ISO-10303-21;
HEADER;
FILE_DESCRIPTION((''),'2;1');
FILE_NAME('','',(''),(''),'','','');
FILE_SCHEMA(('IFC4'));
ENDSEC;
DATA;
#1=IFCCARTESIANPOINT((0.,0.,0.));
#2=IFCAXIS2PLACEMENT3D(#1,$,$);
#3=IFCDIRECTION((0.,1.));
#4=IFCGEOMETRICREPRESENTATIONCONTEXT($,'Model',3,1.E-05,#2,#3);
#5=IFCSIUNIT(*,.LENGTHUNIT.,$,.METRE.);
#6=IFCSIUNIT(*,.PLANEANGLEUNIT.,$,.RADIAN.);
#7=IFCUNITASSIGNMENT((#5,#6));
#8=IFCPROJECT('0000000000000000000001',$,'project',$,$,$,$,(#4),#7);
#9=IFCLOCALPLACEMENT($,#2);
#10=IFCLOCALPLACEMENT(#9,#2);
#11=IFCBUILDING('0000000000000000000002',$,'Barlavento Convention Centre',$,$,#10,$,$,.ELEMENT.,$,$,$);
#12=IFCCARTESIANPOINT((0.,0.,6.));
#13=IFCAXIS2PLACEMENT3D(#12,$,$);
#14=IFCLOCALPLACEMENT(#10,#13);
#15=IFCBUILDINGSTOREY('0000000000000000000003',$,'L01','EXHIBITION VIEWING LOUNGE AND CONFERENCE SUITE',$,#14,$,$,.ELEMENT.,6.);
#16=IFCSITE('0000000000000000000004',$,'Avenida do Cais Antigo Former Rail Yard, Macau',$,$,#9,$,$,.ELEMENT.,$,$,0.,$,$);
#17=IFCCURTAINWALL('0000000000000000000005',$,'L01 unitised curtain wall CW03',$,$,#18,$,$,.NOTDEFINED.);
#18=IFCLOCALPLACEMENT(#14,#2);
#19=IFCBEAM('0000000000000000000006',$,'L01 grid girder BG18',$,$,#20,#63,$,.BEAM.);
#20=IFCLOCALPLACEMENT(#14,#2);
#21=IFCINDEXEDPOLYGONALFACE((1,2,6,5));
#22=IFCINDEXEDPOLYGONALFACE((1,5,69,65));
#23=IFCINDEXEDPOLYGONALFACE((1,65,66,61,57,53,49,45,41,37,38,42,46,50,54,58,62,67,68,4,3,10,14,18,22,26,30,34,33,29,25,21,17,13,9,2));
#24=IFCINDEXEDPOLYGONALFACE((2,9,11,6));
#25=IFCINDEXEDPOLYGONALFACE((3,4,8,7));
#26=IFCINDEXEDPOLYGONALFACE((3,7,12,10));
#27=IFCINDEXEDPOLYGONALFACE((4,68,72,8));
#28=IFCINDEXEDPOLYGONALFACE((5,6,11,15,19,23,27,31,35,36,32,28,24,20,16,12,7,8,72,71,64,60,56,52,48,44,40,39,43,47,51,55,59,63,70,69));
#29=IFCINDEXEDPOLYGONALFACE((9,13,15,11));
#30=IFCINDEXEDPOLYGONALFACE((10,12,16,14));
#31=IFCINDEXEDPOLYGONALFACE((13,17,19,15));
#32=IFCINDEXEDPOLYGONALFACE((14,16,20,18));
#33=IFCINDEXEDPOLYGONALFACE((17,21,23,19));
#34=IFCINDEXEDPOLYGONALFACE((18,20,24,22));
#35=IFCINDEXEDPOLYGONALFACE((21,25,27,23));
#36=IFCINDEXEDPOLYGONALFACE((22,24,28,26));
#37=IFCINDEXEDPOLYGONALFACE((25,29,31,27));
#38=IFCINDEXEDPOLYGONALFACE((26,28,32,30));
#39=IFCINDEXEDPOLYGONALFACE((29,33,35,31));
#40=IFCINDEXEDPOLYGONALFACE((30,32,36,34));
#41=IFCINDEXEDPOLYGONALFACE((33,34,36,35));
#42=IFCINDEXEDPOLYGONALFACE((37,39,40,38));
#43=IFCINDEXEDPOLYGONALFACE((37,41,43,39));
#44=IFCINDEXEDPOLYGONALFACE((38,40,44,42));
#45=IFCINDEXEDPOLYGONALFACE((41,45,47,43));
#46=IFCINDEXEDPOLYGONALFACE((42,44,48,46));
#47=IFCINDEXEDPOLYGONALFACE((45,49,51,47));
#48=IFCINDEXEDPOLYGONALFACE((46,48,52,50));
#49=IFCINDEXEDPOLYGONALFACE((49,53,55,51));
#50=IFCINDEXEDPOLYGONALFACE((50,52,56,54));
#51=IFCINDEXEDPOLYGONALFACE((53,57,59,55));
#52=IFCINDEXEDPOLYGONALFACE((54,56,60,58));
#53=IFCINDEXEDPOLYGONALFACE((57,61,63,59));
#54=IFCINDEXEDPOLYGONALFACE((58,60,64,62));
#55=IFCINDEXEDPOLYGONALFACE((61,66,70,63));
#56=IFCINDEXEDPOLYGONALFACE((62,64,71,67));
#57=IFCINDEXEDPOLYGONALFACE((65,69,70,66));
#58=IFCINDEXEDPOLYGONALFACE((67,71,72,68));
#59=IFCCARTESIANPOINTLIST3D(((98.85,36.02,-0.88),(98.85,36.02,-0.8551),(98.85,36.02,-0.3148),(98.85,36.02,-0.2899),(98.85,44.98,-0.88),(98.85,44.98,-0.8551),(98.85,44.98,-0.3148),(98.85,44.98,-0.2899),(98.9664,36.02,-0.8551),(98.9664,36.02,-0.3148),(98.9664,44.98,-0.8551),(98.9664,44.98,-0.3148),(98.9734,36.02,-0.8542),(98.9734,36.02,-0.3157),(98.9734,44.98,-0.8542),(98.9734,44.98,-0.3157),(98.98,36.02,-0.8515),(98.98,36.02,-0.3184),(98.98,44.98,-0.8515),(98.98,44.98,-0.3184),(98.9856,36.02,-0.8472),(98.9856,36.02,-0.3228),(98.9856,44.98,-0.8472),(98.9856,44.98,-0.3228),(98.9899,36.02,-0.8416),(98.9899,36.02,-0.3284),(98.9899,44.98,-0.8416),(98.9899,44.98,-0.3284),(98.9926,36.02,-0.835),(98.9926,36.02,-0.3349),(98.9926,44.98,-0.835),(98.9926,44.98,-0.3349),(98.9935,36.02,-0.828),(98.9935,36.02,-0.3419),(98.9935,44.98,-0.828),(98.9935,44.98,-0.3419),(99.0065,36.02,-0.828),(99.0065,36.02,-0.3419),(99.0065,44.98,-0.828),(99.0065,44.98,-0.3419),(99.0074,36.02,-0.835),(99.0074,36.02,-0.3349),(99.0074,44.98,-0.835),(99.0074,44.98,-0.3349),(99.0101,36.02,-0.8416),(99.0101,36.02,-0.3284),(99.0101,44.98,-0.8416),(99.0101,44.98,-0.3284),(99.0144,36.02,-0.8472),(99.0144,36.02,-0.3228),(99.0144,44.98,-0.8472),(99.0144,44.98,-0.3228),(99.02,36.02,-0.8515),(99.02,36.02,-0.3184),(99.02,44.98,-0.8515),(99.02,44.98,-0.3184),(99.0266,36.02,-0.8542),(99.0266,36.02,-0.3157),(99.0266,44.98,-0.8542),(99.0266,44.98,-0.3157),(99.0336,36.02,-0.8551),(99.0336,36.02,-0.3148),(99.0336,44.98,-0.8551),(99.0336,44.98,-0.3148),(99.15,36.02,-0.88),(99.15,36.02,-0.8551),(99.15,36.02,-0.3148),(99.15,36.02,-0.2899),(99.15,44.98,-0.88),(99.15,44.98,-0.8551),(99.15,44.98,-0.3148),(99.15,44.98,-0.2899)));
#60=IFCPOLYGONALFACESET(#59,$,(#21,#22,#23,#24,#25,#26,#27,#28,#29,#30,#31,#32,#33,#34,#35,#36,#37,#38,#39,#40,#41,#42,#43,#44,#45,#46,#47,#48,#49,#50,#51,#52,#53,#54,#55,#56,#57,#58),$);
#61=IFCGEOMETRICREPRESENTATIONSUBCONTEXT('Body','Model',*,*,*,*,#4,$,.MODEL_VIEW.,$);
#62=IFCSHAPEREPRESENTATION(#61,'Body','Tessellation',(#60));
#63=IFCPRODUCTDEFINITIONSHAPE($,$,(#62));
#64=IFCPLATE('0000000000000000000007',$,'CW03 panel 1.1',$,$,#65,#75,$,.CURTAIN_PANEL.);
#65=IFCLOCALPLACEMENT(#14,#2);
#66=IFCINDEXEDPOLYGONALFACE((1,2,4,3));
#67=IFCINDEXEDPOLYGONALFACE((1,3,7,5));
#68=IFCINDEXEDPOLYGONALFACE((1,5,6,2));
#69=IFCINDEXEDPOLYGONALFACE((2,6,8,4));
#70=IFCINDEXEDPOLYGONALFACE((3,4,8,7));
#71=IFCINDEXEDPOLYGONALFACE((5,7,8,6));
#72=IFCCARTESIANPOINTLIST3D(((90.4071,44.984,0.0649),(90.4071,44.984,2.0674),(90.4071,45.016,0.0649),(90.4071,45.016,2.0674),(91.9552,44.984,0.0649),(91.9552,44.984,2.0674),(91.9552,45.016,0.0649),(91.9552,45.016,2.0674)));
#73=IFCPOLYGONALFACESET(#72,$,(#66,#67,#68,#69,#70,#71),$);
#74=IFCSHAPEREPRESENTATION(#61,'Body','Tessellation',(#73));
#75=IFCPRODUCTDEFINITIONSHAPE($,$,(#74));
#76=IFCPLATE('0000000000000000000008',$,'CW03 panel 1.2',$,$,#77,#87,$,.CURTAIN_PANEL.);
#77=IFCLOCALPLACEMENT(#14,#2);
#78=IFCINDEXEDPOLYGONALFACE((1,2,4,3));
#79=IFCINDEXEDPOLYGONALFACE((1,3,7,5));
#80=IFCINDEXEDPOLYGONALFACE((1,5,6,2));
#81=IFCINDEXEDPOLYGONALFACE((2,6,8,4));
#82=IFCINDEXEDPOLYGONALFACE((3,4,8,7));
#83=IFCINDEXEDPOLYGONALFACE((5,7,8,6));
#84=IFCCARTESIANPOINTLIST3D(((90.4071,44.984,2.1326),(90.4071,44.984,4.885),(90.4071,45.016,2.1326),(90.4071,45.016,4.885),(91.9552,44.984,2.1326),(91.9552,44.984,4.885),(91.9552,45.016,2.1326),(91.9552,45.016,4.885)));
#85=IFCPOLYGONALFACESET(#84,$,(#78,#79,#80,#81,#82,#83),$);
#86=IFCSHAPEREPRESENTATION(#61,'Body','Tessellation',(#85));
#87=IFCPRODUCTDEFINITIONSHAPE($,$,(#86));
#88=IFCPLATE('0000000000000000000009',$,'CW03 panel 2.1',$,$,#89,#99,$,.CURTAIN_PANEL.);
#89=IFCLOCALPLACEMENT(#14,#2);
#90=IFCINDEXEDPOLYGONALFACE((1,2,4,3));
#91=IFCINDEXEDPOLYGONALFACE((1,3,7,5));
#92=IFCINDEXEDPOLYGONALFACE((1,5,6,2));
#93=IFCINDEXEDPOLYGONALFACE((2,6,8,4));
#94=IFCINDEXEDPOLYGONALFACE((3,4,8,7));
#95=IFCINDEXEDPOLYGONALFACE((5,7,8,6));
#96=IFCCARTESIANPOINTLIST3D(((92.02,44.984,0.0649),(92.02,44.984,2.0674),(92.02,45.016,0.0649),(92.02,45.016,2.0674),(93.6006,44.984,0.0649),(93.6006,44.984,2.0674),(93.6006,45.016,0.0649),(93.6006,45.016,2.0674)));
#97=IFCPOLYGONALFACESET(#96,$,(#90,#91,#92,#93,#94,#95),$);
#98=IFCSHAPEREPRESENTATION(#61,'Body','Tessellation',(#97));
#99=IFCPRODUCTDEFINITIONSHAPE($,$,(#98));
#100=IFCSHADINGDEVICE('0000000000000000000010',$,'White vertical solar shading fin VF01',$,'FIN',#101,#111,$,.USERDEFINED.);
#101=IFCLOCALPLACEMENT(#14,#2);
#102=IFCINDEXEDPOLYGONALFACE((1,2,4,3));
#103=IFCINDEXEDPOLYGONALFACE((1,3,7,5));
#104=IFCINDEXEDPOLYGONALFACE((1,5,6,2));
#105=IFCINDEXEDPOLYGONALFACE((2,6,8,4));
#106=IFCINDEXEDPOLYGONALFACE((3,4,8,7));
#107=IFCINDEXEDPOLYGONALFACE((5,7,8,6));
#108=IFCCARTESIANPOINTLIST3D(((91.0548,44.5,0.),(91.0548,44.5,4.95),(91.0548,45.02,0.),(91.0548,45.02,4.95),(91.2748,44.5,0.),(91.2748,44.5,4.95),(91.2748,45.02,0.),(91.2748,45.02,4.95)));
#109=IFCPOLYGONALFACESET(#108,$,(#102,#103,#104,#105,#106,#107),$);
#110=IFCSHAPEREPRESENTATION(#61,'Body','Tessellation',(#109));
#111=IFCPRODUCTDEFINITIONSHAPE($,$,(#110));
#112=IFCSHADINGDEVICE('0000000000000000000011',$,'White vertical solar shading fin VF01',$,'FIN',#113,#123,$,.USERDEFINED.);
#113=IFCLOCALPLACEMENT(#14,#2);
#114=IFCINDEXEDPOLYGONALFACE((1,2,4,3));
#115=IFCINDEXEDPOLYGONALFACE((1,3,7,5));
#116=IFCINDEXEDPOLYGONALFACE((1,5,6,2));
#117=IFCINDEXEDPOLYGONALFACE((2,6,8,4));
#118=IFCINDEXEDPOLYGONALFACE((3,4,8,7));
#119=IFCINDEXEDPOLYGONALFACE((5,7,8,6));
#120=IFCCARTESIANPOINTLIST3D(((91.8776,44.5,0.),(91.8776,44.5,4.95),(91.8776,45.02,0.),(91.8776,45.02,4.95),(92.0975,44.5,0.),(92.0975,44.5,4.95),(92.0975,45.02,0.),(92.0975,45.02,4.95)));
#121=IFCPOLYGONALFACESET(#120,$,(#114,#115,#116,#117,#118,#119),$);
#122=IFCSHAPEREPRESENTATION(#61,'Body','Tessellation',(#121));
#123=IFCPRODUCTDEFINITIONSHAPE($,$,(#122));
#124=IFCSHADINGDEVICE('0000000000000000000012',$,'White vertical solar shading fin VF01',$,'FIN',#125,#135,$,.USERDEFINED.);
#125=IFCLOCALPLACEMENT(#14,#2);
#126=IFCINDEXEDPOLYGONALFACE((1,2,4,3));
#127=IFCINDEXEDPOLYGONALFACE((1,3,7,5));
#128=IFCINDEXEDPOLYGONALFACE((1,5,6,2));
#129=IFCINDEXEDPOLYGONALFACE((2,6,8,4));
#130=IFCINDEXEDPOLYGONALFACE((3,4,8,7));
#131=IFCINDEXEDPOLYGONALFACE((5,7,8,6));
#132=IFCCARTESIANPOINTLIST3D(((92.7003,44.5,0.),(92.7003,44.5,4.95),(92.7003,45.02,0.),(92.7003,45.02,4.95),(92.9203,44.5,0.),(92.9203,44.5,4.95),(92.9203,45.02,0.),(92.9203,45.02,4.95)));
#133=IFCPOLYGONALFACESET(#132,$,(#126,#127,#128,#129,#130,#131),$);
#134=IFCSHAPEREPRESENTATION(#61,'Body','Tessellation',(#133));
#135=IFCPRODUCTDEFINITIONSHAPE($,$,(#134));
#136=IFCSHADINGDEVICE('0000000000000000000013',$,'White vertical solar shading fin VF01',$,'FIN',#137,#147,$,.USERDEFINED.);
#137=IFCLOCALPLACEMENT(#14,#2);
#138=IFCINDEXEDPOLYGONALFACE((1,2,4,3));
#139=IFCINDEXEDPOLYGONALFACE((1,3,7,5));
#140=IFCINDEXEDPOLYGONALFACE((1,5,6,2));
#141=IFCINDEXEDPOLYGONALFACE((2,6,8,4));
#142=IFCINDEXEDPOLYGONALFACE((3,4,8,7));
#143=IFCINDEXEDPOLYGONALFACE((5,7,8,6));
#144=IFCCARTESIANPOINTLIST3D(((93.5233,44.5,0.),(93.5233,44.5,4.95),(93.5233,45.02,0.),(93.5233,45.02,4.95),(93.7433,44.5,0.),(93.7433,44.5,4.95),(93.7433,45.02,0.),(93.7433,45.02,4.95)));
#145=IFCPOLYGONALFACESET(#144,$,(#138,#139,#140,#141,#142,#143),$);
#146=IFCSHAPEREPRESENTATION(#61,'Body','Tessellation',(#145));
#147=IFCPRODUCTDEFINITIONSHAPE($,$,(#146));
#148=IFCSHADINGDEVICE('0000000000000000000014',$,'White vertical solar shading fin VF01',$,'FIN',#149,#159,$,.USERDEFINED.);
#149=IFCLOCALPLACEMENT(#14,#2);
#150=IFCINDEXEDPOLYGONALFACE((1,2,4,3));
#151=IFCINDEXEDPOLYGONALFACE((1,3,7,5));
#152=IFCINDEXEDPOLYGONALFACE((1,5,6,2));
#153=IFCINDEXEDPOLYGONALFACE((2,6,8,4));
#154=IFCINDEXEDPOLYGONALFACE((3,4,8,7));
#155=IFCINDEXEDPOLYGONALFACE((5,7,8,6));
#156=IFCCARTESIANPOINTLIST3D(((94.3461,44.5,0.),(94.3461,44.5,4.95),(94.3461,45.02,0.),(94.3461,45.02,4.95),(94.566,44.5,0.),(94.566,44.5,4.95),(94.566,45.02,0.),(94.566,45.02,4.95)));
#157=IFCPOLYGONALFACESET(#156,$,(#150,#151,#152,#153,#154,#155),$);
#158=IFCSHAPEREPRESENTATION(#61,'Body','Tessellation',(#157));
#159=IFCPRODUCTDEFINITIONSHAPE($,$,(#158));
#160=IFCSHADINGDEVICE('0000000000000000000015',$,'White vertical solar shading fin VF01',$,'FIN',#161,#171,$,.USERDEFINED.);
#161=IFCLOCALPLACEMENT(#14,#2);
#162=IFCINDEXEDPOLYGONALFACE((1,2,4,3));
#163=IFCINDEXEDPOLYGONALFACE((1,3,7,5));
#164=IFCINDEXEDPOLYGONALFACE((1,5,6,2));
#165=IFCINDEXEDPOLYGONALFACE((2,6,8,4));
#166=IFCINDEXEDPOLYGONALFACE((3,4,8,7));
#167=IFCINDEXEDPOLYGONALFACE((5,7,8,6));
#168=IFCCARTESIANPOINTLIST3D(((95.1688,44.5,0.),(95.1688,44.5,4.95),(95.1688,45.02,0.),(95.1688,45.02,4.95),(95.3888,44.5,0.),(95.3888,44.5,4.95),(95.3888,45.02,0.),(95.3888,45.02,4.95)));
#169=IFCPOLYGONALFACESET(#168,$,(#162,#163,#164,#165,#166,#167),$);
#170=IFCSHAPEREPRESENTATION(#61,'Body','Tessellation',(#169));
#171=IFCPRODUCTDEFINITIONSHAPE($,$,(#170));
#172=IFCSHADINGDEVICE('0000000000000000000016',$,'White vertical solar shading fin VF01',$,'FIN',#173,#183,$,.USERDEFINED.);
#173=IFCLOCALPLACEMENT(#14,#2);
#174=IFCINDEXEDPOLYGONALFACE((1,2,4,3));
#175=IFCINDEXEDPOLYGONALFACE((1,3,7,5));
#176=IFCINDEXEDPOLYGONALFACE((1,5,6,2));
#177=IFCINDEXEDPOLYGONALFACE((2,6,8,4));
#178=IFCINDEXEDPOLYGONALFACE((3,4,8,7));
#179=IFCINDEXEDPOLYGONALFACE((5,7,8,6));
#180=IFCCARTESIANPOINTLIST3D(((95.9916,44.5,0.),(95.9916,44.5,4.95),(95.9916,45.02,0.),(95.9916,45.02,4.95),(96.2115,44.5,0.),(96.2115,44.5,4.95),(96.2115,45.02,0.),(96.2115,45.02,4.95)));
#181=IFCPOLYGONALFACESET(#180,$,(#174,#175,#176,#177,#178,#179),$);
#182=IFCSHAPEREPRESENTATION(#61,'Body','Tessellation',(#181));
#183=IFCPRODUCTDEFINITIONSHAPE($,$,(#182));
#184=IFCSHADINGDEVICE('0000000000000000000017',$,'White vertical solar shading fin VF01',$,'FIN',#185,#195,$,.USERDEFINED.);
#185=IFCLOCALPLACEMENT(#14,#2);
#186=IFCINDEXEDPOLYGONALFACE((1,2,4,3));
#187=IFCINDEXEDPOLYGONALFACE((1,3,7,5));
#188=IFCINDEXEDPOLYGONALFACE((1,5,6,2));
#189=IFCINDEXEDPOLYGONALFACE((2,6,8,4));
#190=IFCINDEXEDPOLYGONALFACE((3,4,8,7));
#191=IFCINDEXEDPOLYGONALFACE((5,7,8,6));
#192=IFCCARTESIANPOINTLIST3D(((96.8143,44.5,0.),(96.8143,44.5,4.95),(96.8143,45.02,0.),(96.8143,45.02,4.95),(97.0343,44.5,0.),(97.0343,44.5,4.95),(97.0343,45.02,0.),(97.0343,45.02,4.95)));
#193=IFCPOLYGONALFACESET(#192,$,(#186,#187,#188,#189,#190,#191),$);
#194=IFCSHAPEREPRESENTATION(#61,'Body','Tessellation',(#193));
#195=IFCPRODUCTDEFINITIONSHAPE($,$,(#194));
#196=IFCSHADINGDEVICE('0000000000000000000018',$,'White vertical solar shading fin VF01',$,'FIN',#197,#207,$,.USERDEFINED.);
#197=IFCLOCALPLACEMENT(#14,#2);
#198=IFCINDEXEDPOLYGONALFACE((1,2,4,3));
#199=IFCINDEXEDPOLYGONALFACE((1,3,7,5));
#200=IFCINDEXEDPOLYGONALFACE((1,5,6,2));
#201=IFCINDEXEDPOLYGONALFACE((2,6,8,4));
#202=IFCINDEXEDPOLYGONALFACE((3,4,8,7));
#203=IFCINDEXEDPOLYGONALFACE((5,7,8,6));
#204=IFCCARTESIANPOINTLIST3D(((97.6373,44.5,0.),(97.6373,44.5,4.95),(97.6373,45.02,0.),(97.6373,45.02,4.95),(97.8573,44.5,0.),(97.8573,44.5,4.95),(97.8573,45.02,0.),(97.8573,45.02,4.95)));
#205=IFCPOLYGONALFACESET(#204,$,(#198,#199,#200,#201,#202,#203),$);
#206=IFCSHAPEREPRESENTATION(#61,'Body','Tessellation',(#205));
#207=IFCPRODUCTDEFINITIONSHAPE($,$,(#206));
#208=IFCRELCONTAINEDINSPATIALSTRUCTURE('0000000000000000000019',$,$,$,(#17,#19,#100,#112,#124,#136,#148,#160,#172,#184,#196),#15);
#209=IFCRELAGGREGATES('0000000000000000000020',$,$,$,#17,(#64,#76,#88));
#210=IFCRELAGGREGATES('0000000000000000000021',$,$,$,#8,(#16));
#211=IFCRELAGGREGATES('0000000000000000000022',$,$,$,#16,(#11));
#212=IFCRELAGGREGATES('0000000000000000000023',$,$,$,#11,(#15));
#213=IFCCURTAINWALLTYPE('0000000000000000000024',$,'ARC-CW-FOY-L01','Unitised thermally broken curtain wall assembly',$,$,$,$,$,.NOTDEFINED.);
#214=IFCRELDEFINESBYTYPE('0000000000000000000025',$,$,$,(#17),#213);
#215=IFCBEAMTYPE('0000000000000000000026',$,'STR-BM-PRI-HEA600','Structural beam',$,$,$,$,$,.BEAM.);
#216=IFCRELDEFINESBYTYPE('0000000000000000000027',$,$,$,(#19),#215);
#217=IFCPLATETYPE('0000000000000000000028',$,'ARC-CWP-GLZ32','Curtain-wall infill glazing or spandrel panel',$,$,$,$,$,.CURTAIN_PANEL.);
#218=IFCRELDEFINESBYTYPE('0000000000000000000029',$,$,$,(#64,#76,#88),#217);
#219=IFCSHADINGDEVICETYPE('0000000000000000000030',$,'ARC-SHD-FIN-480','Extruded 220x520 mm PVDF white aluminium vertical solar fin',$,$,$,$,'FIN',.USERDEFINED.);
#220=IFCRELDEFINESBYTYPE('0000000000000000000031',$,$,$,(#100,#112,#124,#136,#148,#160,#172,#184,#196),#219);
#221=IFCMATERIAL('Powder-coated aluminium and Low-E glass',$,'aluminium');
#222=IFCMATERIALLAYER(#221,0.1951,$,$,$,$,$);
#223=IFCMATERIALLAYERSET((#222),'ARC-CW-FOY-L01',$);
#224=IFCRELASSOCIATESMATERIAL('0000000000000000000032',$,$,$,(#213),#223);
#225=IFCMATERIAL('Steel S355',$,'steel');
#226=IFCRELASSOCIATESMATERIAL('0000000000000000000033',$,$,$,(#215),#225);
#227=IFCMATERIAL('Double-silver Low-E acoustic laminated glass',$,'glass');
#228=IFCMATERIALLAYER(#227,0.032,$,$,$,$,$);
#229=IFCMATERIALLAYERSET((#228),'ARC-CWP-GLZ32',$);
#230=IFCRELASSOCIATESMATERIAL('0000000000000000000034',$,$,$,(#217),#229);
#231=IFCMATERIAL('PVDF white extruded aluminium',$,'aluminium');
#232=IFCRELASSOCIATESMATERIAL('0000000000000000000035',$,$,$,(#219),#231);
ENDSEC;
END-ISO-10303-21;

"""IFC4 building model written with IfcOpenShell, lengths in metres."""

from ifc_helpers import new_model, si_unit, direction, frame, origin, origin_2d, place, context, subcontext, project, spatial, rectangle, i_section, extrude, material, layer, layer_set, material_profile, profile_set, type_object, element, aggregate, save


model = new_model("IFC4")

# Units and contexts
model_context = context("Model", 3, precision=1e-05, world=origin(), true_north=direction((0.0, 1.0)))
body_context = subcontext(model_context, "Body", "Model", "MODEL_VIEW")
ifc_project = project(units=[si_unit("LENGTHUNIT", "METRE"), si_unit("PLANEANGLEUNIT", "RADIAN")], contexts=[model_context])

# Site, building, storey
site_placement = place(None, origin())
site = spatial("IfcSite", under=ifc_project, at=site_placement, Name="Avenida do Cais Antigo Former Rail Yard, Macau", CompositionType="ELEMENT", RefElevation=0.0)
building_placement = place(site_placement, origin())
building = spatial("IfcBuilding", under=site, at=building_placement, Name="Barlavento Convention Centre", CompositionType="ELEMENT")
storey_placement = place(building_placement, frame((0.0, 0.0, 6.0)))
storey = spatial("IfcBuildingStorey", under=building, at=storey_placement, Name="L01", Description="EXHIBITION VIEWING LOUNGE AND CONFERENCE SUITE", CompositionType="ELEMENT", Elevation=6.0)

# Curtain wall
ifc_material_1 = material(Name="Powder-coated aluminium and Low-E glass", Category="aluminium")
ifc_layer_1 = layer(ifc_material_1, 0.1951)
ifc_layer_set_1 = layer_set([ifc_layer_1], Name="ARC-CW-FOY-L01")
curtain_wall_type = type_object("IfcCurtainWallType", Name="ARC-CW-FOY-L01", Description="Unitised thermally broken curtain wall assembly", PredefinedType="NOTDEFINED", material=ifc_layer_set_1)
curtain_wall_placement = place(storey_placement, origin())
curtain_wall = element("IfcCurtainWall", 1, at=curtain_wall_placement, inside=storey, type_object=curtain_wall_type, Name="L01 unitised curtain wall CW03", PredefinedType="NOTDEFINED")

# Beam
ifc_material_2 = material(Name="Steel S355", Category="steel")
ifc_material_profile_1 = material_profile(ifc_material_2, i_section(OverallWidth=0.3, OverallDepth=0.5901, WebThickness=0.0129, FlangeThickness=0.0249, FilletRadius=0.0271, at=origin_2d()), Name="HEA 600")
ifc_profile_set_1 = profile_set([ifc_material_profile_1], Name="Steel S355")
beam_type_1 = type_object("IfcBeamType", Name="STR-BM-PRI-HEA600", Description="Structural beam", PredefinedType="BEAM", material=ifc_profile_set_1)
beam_1_placement = place(storey_placement, frame((99.0, 36.02, -0.585), z_axis=(0.0, 1.0, 0.0), x_axis=(-1.0, 0.0, 0.0)))
element("IfcBeam", 2, at=beam_1_placement, inside=storey, type_object=beam_type_1, Name="L01 grid girder BG18", PredefinedType="BEAM", context=body_context, shape_type="SweptSolid", body=[
    extrude(i_section(OverallWidth=0.3, OverallDepth=0.5901, WebThickness=0.0129, FlangeThickness=0.0249, FilletRadius=0.0271, at=origin_2d()), origin(), (0.0, 0.0, 1.0), 8.96),
])

# Plates
ifc_material_3 = material(Name="Double-silver Low-E acoustic laminated glass", Category="glass")
ifc_layer_2 = layer(ifc_material_3, 0.032)
ifc_layer_set_2 = layer_set([ifc_layer_2], Name="ARC-CWP-GLZ32")
plate_type = type_object("IfcPlateType", Name="ARC-CWP-GLZ32", Description="Curtain-wall infill glazing or spandrel panel", PredefinedType="CURTAIN_PANEL", material=ifc_layer_set_2)
plate_1_placement = place(storey_placement, frame((91.1812, 45.0, 0.0649), z_axis=(0.0, 0.0, 1.0), x_axis=(1.0, 0.0, 0.0)))
plate_1 = element("IfcPlate", 3, at=plate_1_placement, type_object=plate_type, Name="CW03 panel 1.1", PredefinedType="CURTAIN_PANEL", context=body_context, shape_type="SweptSolid", body=[
    extrude(rectangle(XDim=1.5481, YDim=0.032, at=origin_2d()), origin(), (0.0, 0.0, 1.0), 2.0024),
])
plate_2_placement = place(storey_placement, frame((91.1812, 45.0, 2.1326), z_axis=(0.0, 0.0, 1.0), x_axis=(1.0, 0.0, 0.0)))
plate_2 = element("IfcPlate", 4, at=plate_2_placement, type_object=plate_type, Name="CW03 panel 1.2", PredefinedType="CURTAIN_PANEL", context=body_context, shape_type="SweptSolid", body=[
    extrude(rectangle(XDim=1.5481, YDim=0.032, at=origin_2d()), origin(), (0.0, 0.0, 1.0), 2.7524),
])
plate_3_placement = place(storey_placement, frame((92.8103, 45.0, 0.0649), z_axis=(0.0, 0.0, 1.0), x_axis=(1.0, 0.0, 0.0)))
plate_3 = element("IfcPlate", 5, at=plate_3_placement, type_object=plate_type, Name="CW03 panel 2.1", PredefinedType="CURTAIN_PANEL", context=body_context, shape_type="SweptSolid", body=[
    extrude(rectangle(XDim=1.5806, YDim=0.032, at=origin_2d()), origin(), (0.0, 0.0, 1.0), 2.0024),
])
aggregate(curtain_wall, [plate_1, plate_2, plate_3])

# Shading devices
ifc_material_4 = material(Name="PVDF white extruded aluminium", Category="aluminium")
shading_device_type = type_object("IfcShadingDeviceType", Name="ARC-SHD-FIN-480", Description="Extruded 220x520 mm PVDF white aluminium vertical solar fin", ElementType="FIN", PredefinedType="USERDEFINED", material=ifc_material_4)
for number, where, z_axis, x_axis, name in (
    (6, (91.1648, 44.76, 0.0), (0.0, 0.0, 1.0), (1.0, 0.0, 0.0), "White vertical solar shading fin VF01"),
    (7, (91.9875, 44.76, 0.0), (0.0, 0.0, 1.0), (1.0, 0.0, 0.0), "White vertical solar shading fin VF01"),
    (8, (92.8103, 44.76, 0.0), (0.0, 0.0, 1.0), (1.0, 0.0, 0.0), "White vertical solar shading fin VF01"),
    (9, (93.6333, 44.76, 0.0), (0.0, 0.0, 1.0), (1.0, 0.0, 0.0), "White vertical solar shading fin VF01"),
    (10, (94.4561, 44.76, 0.0), (0.0, 0.0, 1.0), (1.0, 0.0, 0.0), "White vertical solar shading fin VF01"),
    (11, (95.2788, 44.76, 0.0), (0.0, 0.0, 1.0), (1.0, 0.0, 0.0), "White vertical solar shading fin VF01"),
    (12, (96.1016, 44.76, 0.0), (0.0, 0.0, 1.0), (1.0, 0.0, 0.0), "White vertical solar shading fin VF01"),
    (13, (96.9243, 44.76, 0.0), (0.0, 0.0, 1.0), (1.0, 0.0, 0.0), "White vertical solar shading fin VF01"),
    (14, (97.7473, 44.76, 0.0), (0.0, 0.0, 1.0), (1.0, 0.0, 0.0), "White vertical solar shading fin VF01"),
):
    element("IfcShadingDevice", number, at=place(storey_placement, frame(where, z_axis=z_axis, x_axis=x_axis)), inside=storey, type_object=shading_device_type, Name=name, ObjectType="FIN", PredefinedType="USERDEFINED", context=body_context, shape_type="SweptSolid", body=[
        extrude(rectangle(XDim=0.22, YDim=0.52, at=origin_2d()), origin(), (0.0, 0.0, 1.0), 4.95),
    ])

save(model, "model.ifc")
